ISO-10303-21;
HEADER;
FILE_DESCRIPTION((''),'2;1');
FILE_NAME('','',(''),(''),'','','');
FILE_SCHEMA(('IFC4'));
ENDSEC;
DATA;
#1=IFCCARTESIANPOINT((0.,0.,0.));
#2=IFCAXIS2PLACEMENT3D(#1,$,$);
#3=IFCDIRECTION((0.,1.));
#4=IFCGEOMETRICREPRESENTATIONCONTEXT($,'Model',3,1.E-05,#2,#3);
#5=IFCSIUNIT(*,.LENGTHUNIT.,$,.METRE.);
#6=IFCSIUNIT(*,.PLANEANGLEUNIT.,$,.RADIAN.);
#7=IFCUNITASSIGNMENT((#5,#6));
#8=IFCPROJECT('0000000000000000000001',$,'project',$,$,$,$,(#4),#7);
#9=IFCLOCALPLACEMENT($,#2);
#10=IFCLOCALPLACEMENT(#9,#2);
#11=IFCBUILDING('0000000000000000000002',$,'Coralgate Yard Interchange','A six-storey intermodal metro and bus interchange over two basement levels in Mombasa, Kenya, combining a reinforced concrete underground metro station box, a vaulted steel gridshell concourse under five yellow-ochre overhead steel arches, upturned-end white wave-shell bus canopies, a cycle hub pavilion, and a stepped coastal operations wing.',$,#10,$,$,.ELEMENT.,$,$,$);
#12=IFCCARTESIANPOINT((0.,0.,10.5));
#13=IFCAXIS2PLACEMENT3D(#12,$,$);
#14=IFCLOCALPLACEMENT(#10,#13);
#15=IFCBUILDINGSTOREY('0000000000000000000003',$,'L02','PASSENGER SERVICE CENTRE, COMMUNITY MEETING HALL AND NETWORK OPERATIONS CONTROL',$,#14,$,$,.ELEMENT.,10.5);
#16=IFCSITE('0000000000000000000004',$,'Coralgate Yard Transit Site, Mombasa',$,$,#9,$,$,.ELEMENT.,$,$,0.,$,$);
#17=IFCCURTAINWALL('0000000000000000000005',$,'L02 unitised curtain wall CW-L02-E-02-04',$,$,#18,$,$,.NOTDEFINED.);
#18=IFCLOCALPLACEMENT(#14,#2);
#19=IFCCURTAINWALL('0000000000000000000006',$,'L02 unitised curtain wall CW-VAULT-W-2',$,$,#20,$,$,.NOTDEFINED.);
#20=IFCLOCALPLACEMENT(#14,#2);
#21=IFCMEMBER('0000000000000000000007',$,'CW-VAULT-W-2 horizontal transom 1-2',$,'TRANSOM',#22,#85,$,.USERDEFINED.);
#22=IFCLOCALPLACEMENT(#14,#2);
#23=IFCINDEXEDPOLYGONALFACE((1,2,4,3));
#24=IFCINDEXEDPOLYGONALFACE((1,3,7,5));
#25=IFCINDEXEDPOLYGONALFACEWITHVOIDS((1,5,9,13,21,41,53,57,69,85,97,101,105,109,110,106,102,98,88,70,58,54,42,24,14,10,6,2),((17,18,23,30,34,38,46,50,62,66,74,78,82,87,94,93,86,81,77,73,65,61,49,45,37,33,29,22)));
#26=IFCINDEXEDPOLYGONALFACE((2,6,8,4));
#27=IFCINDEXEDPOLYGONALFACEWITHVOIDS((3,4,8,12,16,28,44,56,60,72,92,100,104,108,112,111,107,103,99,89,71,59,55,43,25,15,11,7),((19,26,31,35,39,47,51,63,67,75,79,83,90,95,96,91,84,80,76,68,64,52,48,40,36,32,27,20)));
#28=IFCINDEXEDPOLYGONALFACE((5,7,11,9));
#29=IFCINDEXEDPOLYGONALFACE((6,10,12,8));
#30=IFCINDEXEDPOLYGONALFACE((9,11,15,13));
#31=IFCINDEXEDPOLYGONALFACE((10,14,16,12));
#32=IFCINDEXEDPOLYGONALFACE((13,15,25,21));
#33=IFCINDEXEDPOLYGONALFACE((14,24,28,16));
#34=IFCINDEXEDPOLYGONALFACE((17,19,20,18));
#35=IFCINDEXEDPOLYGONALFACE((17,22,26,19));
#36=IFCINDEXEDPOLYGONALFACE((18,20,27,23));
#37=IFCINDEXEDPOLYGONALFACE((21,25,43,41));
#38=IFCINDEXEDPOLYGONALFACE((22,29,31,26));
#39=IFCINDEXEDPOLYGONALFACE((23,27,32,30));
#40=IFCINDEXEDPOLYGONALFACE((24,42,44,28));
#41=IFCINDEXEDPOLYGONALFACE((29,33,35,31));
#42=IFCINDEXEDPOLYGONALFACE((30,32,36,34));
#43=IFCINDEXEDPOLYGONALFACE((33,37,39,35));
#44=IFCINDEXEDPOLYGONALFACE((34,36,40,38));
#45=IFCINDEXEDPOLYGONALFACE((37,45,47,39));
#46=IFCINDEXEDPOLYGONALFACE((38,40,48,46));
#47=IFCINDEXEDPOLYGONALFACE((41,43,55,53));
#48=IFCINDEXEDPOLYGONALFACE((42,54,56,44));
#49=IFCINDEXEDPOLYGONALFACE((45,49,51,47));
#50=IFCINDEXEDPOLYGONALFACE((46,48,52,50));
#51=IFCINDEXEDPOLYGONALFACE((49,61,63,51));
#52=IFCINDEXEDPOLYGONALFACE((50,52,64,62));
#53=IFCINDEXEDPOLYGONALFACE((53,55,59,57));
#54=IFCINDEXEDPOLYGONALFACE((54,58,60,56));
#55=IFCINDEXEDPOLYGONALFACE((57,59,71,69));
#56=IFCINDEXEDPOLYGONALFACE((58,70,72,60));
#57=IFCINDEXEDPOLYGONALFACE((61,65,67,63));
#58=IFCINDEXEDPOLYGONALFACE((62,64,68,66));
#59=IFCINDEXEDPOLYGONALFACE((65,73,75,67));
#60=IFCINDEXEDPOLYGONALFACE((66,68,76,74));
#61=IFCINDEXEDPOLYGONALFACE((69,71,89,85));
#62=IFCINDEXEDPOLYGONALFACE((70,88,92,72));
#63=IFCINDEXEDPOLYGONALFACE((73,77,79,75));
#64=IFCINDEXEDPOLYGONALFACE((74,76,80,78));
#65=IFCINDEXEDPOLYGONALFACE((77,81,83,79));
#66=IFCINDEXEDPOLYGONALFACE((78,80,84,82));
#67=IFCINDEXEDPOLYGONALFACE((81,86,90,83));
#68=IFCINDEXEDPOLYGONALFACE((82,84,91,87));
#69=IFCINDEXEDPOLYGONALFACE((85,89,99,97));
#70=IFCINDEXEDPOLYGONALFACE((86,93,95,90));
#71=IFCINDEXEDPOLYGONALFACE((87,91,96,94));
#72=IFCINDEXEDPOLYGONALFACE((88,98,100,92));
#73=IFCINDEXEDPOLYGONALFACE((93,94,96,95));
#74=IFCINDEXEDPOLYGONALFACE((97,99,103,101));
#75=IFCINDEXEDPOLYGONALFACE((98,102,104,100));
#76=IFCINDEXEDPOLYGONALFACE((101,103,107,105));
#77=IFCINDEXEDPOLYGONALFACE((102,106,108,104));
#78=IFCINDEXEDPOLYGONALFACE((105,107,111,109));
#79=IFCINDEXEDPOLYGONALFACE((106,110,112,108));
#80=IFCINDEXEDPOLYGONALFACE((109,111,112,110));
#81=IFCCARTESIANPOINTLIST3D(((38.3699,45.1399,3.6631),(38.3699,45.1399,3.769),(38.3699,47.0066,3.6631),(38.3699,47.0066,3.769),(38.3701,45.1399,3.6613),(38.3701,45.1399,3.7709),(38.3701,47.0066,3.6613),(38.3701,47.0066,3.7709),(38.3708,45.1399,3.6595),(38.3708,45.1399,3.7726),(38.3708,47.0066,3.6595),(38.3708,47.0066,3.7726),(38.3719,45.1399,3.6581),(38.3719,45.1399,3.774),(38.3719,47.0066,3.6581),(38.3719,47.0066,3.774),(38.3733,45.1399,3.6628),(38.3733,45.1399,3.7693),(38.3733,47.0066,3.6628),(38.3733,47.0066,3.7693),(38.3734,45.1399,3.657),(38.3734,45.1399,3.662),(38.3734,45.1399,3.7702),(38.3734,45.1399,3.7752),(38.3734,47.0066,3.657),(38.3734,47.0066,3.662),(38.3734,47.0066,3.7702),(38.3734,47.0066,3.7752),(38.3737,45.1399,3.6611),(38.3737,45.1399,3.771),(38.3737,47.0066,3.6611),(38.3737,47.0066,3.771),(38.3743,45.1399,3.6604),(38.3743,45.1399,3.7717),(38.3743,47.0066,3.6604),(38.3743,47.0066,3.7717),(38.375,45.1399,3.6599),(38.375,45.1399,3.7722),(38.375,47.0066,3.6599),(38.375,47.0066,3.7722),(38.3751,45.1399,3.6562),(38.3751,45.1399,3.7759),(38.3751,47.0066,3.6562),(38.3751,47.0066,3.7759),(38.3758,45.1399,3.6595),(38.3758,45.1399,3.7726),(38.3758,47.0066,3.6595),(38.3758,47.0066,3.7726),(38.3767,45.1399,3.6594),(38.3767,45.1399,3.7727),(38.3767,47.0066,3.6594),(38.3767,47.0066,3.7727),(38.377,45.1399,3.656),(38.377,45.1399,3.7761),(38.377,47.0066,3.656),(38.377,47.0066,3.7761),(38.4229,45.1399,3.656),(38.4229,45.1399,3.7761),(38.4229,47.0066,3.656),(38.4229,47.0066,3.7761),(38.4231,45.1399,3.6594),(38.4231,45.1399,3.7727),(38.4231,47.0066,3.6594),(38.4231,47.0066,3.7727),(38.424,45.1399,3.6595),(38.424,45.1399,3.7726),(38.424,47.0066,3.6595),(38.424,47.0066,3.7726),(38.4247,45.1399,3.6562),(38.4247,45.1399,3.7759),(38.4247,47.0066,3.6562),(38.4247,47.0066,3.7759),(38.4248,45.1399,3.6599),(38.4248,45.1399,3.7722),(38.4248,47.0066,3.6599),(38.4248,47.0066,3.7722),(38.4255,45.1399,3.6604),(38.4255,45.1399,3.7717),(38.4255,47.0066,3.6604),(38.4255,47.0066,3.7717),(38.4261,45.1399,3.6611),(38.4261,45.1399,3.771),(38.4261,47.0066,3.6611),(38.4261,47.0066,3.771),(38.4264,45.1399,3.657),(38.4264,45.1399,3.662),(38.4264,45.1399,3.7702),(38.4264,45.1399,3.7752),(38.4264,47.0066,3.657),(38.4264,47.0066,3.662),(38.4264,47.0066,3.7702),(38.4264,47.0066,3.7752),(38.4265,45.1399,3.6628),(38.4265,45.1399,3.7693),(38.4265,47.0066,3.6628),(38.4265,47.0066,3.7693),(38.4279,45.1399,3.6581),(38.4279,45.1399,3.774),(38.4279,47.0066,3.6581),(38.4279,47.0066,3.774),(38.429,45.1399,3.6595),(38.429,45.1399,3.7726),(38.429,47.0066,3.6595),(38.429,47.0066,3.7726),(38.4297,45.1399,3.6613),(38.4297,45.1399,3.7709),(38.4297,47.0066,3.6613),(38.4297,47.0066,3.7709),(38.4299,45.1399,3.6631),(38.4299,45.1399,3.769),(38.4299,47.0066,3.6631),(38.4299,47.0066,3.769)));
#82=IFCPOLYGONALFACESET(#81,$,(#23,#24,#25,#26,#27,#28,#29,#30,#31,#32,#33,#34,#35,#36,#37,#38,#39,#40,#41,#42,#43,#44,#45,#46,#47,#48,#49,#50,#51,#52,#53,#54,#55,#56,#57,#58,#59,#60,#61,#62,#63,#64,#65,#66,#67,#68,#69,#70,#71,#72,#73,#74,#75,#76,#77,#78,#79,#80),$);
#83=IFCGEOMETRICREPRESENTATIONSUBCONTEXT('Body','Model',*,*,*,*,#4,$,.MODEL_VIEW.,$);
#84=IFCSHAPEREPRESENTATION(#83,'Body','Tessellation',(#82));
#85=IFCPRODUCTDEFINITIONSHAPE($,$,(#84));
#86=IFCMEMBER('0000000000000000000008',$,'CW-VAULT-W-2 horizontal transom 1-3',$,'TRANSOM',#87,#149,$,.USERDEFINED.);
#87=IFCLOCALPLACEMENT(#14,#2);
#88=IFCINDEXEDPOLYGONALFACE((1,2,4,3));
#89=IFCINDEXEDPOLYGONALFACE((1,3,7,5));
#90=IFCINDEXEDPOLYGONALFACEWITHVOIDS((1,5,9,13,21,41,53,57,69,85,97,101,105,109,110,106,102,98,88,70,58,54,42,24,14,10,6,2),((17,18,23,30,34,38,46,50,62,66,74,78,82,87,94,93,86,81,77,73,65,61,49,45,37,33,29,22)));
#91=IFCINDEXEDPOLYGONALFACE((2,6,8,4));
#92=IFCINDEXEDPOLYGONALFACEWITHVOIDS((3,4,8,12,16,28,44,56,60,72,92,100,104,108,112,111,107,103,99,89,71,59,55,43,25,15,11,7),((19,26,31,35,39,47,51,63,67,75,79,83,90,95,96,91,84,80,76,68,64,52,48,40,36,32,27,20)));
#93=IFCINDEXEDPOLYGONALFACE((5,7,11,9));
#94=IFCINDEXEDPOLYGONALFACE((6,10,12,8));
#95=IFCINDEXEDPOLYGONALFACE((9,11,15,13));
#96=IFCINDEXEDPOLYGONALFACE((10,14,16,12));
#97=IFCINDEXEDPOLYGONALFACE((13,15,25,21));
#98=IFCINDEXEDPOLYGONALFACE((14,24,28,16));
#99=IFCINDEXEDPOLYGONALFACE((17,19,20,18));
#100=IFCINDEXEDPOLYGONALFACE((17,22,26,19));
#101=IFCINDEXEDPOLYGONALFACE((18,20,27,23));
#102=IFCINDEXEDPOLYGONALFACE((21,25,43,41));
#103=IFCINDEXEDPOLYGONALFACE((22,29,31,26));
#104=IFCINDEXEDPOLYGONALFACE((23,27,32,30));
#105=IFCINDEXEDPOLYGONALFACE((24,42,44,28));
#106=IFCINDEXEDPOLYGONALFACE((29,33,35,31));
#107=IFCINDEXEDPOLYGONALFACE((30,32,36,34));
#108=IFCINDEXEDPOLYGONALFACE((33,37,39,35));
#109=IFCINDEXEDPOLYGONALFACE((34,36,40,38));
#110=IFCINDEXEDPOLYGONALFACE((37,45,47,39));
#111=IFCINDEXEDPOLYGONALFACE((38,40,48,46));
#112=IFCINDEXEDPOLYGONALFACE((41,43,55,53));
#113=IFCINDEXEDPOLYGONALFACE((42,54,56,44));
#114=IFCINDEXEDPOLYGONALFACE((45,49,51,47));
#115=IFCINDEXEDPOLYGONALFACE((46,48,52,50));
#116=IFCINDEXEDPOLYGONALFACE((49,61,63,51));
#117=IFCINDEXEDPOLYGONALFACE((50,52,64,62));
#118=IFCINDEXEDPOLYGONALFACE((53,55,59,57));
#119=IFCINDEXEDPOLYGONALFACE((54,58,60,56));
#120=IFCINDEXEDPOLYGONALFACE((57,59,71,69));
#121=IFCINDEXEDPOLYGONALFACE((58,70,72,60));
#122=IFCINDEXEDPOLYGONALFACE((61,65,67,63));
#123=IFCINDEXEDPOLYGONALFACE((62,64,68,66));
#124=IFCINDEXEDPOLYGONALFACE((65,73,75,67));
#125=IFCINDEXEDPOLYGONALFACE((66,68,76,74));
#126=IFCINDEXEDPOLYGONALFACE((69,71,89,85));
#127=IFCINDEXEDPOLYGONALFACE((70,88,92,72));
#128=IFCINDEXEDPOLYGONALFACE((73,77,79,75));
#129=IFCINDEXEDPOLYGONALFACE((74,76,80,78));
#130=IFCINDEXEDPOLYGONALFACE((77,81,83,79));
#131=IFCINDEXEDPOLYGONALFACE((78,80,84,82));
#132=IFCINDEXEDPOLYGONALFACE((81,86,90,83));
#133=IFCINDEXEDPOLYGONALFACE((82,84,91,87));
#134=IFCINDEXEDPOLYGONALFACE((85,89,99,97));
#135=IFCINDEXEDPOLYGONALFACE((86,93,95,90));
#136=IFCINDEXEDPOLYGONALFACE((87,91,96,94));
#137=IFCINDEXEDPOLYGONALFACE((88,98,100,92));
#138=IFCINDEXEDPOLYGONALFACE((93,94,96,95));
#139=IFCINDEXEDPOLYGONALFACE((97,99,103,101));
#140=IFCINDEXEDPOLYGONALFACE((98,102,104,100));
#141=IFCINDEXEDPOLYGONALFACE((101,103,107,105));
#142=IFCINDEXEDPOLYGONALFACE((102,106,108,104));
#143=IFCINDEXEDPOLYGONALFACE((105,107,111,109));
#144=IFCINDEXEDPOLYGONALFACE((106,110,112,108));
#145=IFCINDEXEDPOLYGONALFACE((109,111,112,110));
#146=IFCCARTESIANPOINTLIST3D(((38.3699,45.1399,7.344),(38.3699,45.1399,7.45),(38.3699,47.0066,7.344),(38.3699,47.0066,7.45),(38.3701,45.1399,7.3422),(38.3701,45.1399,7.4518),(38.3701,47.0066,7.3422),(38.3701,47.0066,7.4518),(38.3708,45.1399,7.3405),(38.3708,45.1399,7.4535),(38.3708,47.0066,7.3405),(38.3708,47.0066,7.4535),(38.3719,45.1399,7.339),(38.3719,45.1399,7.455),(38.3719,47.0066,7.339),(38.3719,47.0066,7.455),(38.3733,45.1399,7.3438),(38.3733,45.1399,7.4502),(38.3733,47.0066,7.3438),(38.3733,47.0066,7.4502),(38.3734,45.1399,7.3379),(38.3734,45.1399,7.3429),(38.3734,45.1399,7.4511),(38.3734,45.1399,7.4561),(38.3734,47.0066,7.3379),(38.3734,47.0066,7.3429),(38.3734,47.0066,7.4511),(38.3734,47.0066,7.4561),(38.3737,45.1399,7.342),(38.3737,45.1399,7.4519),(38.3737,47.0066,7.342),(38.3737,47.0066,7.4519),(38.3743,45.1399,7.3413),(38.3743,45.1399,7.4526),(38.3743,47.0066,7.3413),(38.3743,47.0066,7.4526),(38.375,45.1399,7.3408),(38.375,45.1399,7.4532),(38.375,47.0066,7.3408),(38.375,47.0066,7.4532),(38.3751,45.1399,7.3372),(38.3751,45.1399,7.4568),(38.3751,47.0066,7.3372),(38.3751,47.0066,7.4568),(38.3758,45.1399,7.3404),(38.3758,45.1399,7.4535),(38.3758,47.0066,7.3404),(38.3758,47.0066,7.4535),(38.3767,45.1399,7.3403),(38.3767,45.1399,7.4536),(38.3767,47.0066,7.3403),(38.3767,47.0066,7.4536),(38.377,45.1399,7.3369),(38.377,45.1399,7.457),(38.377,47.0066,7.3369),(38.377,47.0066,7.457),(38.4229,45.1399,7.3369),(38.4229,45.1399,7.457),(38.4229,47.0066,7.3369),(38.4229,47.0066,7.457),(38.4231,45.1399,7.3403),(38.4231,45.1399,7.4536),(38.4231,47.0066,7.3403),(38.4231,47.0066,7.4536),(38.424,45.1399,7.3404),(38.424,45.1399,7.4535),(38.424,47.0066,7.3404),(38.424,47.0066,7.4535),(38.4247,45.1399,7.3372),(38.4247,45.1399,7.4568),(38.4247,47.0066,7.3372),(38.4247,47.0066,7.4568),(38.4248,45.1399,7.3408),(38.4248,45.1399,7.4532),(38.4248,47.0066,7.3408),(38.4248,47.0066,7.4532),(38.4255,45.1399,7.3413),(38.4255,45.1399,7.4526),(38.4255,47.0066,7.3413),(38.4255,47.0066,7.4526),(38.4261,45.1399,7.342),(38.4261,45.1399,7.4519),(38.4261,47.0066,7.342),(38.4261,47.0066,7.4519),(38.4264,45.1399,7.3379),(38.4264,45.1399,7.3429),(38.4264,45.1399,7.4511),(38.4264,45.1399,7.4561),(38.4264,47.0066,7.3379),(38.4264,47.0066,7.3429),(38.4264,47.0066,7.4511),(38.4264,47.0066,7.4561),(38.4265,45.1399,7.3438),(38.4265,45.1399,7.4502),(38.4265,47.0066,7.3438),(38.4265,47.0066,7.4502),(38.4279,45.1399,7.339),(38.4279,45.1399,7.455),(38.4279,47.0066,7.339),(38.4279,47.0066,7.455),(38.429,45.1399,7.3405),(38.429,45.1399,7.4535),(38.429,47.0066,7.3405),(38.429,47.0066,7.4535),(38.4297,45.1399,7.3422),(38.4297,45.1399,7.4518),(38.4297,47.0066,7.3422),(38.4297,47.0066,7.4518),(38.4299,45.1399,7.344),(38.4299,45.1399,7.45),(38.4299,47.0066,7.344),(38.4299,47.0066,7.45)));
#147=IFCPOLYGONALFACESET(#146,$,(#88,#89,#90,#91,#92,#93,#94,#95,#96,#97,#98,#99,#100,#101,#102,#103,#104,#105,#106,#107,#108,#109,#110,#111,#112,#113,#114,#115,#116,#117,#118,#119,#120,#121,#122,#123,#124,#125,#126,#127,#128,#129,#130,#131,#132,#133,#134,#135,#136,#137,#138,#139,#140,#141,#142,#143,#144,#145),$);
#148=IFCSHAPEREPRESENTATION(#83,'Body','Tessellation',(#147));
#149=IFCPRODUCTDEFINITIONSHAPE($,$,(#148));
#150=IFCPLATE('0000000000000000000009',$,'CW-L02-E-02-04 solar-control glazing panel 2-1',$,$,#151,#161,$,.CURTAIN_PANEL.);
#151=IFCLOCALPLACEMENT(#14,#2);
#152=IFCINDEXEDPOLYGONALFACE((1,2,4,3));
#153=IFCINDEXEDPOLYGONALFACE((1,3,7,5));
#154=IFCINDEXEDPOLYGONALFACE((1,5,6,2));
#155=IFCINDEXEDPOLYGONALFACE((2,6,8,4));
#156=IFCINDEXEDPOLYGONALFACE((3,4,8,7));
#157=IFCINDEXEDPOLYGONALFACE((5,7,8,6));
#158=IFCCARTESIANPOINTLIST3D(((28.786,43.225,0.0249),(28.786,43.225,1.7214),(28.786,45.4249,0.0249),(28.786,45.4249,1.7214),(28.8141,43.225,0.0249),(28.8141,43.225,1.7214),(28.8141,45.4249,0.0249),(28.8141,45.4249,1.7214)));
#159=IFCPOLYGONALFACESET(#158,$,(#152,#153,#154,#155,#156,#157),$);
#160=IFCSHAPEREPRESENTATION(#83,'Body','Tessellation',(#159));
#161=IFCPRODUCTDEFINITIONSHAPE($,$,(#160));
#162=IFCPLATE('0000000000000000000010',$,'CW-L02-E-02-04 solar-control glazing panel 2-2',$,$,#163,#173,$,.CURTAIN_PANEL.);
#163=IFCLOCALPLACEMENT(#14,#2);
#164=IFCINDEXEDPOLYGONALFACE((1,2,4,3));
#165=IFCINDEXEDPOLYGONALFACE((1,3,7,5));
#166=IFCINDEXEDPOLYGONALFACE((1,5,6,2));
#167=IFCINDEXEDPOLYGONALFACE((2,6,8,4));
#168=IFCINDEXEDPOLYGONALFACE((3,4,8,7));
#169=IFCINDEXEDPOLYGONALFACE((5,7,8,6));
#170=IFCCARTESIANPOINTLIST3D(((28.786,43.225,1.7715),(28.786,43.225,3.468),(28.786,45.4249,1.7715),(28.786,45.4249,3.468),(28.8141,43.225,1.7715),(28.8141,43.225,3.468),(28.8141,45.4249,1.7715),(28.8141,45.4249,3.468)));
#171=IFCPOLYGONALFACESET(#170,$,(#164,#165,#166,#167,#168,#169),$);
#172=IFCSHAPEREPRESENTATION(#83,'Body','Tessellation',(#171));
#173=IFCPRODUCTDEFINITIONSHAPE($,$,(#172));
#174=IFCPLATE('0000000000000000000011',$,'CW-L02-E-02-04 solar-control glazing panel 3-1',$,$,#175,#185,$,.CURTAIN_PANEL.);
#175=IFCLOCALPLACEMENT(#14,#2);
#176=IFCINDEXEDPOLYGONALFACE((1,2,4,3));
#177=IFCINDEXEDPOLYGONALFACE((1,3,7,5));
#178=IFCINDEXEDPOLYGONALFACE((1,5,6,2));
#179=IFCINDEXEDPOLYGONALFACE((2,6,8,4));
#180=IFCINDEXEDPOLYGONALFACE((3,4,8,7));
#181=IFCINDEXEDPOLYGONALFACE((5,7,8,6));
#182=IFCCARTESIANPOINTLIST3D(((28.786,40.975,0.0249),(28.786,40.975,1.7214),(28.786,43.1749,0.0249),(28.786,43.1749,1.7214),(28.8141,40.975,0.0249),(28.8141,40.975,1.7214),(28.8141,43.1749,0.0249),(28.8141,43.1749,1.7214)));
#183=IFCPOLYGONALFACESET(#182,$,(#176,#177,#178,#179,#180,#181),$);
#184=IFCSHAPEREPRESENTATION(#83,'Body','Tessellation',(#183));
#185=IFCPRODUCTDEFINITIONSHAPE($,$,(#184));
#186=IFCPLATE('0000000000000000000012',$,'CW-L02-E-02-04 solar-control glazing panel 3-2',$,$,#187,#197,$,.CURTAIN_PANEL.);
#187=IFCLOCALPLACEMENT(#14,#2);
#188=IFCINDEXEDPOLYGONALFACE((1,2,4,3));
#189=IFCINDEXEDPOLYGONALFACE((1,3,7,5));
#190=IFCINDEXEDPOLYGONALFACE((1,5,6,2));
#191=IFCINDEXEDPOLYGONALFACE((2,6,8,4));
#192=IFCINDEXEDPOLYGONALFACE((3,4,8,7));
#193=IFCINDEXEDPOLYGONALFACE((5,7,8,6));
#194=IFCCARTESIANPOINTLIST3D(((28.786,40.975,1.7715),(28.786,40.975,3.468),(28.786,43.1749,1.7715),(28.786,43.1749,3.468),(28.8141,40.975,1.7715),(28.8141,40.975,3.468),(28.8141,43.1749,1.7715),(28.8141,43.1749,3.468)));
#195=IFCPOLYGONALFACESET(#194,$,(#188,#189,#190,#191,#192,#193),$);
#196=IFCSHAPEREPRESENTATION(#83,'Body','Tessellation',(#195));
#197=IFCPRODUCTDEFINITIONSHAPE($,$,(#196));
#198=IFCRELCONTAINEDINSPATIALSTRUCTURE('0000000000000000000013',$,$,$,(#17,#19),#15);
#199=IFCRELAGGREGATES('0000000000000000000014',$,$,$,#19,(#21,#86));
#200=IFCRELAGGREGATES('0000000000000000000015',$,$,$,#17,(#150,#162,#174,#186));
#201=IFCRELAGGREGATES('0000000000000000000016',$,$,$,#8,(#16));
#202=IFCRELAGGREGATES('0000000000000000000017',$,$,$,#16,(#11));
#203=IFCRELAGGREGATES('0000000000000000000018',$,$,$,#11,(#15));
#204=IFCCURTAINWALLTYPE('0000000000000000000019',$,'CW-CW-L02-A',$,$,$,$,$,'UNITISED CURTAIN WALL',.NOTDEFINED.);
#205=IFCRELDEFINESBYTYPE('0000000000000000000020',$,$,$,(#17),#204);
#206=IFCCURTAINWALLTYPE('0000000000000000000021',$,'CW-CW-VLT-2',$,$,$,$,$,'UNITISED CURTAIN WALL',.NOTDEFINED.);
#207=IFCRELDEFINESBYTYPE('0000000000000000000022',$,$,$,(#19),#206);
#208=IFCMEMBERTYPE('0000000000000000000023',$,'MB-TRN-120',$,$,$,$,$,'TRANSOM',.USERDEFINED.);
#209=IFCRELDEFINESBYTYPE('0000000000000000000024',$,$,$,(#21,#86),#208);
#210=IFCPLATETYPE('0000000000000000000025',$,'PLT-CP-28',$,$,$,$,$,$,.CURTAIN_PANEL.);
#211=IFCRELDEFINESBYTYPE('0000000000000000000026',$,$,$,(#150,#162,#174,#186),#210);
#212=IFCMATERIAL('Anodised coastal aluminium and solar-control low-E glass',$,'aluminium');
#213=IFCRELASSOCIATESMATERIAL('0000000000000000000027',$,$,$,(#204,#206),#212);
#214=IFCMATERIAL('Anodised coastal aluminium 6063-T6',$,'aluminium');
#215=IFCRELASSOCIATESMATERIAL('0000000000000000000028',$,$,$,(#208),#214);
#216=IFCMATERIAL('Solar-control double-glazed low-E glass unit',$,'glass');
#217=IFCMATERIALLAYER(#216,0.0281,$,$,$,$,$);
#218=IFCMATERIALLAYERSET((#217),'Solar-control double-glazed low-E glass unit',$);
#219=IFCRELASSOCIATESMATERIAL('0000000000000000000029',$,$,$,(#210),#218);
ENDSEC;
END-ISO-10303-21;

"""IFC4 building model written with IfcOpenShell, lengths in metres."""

from ifc_helpers import new_model, si_unit, direction, frame, origin, origin_2d, place, context, subcontext, project, spatial, rectangle, hollow_rectangle, extrude, material, layer, layer_set, material_profile, profile_set, type_object, element, aggregate, save


model = new_model("IFC4")

# Units and contexts
model_context = context("Model", 3, precision=1e-05, world=origin(), true_north=direction((0.0, 1.0)))
body_context = subcontext(model_context, "Body", "Model", "MODEL_VIEW")
ifc_project = project(units=[si_unit("LENGTHUNIT", "METRE"), si_unit("PLANEANGLEUNIT", "RADIAN")], contexts=[model_context])

# Site, building, storey
site_placement = place(None, origin())
site = spatial("IfcSite", under=ifc_project, at=site_placement, Name="Coralgate Yard Transit Site, Mombasa", CompositionType="ELEMENT", RefElevation=0.0)
building_placement = place(site_placement, origin())
building = spatial("IfcBuilding", under=site, at=building_placement, Name="Coralgate Yard Interchange", Description="A six-storey intermodal metro and bus interchange over two basement levels in Mombasa, Kenya, combining a reinforced concrete underground metro station box, a vaulted steel gridshell concourse under five yellow-ochre overhead steel arches, upturned-end white wave-shell bus canopies, a cycle hub pavilion, and a stepped coastal operations wing.", CompositionType="ELEMENT")
storey_placement = place(building_placement, frame((0.0, 0.0, 10.5)))
storey = spatial("IfcBuildingStorey", under=building, at=storey_placement, Name="L02", Description="PASSENGER SERVICE CENTRE, COMMUNITY MEETING HALL AND NETWORK OPERATIONS CONTROL", CompositionType="ELEMENT", Elevation=10.5)

# Curtain wall
ifc_material_1 = material(Name="Anodised coastal aluminium and solar-control low-E glass", Category="aluminium")
curtain_wall_type_1 = type_object("IfcCurtainWallType", Name="CW-CW-L02-A", ElementType="UNITISED CURTAIN WALL", PredefinedType="NOTDEFINED", material=ifc_material_1)
curtain_wall_1_placement = place(storey_placement, origin())
curtain_wall_1 = element("IfcCurtainWall", 1, at=curtain_wall_1_placement, inside=storey, type_object=curtain_wall_type_1, Name="L02 unitised curtain wall CW-L02-E-02-04", PredefinedType="NOTDEFINED")
ifc_material_2 = material(Name="Anodised coastal aluminium 6063-T6", Category="aluminium")

# Curtain wall
curtain_wall_type_2 = type_object("IfcCurtainWallType", Name="CW-CW-VLT-2", ElementType="UNITISED CURTAIN WALL", PredefinedType="NOTDEFINED", material=ifc_material_1)
curtain_wall_2_placement = place(storey_placement, origin())
curtain_wall_2 = element("IfcCurtainWall", 2, at=curtain_wall_2_placement, inside=storey, type_object=curtain_wall_type_2, Name="L02 unitised curtain wall CW-VAULT-W-2", PredefinedType="NOTDEFINED")

# Members
ifc_material_profile_1 = material_profile(ifc_material_2, hollow_rectangle(XDim=0.0601, YDim=0.1201, WallThickness=0.0034, InnerFilletRadius=0.0034, OuterFilletRadius=0.0071, at=origin_2d()), Name="ALU 60x120x3.5")
ifc_profile_set_1 = profile_set([ifc_material_profile_1], Name="Anodised coastal aluminium 6063-T6")
member_type_1 = type_object("IfcMemberType", Name="MB-TRN-120", ElementType="TRANSOM", PredefinedType="USERDEFINED", material=ifc_profile_set_1)
member_1_placement = place(storey_placement, frame((38.3999, 45.1399, 3.7161), z_axis=(0.0, 1.0, 0.0), x_axis=(-1.0, 0.0, 0.0)))
member_1 = element("IfcMember", 3, at=member_1_placement, type_object=member_type_1, Name="CW-VAULT-W-2 horizontal transom 1-2", ObjectType="TRANSOM", PredefinedType="USERDEFINED", context=body_context, shape_type="SweptSolid", body=[
    extrude(hollow_rectangle(XDim=0.0601, YDim=0.1201, WallThickness=0.0034, InnerFilletRadius=0.0034, OuterFilletRadius=0.0071, at=origin_2d()), origin(), (0.0, 0.0, 1.0), 1.8667),
])
member_2_placement = place(storey_placement, frame((38.3999, 45.1399, 7.397), z_axis=(0.0, 1.0, 0.0), x_axis=(-1.0, 0.0, 0.0)))
member_2 = element("IfcMember", 4, at=member_2_placement, type_object=member_type_1, Name="CW-VAULT-W-2 horizontal transom 1-3", ObjectType="TRANSOM", PredefinedType="USERDEFINED", context=body_context, shape_type="SweptSolid", body=[
    extrude(hollow_rectangle(XDim=0.0601, YDim=0.1201, WallThickness=0.0034, InnerFilletRadius=0.0034, OuterFilletRadius=0.0071, at=origin_2d()), origin(), (0.0, 0.0, 1.0), 1.8667),
])
aggregate(curtain_wall_2, [member_1, member_2])

# Plates
ifc_material_3 = material(Name="Solar-control double-glazed low-E glass unit", Category="glass")
ifc_layer_1 = layer(ifc_material_3, 0.0281)
ifc_layer_set_1 = layer_set([ifc_layer_1], Name="Solar-control double-glazed low-E glass unit")
plate_type = type_object("IfcPlateType", Name="PLT-CP-28", PredefinedType="CURTAIN_PANEL", material=ifc_layer_set_1)
plate_1_placement = place(storey_placement, frame((28.8, 44.325, 0.0249), z_axis=(0.0, 0.0, 1.0), x_axis=(0.0, -1.0, 0.0)))
plate_1 = element("IfcPlate", 5, at=plate_1_placement, type_object=plate_type, Name="CW-L02-E-02-04 solar-control glazing panel 2-1", PredefinedType="CURTAIN_PANEL", context=body_context, shape_type="SweptSolid", body=[
    extrude(rectangle(XDim=2.2, YDim=0.0281, at=origin_2d()), origin(), (0.0, 0.0, 1.0), 1.6965),
])
plate_2_placement = place(storey_placement, frame((28.8, 44.325, 1.7715), z_axis=(0.0, 0.0, 1.0), x_axis=(0.0, -1.0, 0.0)))
plate_2 = element("IfcPlate", 6, at=plate_2_placement, type_object=plate_type, Name="CW-L02-E-02-04 solar-control glazing panel 2-2", PredefinedType="CURTAIN_PANEL", context=body_context, shape_type="SweptSolid", body=[
    extrude(rectangle(XDim=2.2, YDim=0.0281, at=origin_2d()), origin(), (0.0, 0.0, 1.0), 1.6965),
])
plate_3_placement = place(storey_placement, frame((28.8, 42.075, 0.0249), z_axis=(0.0, 0.0, 1.0), x_axis=(0.0, -1.0, 0.0)))
plate_3 = element("IfcPlate", 7, at=plate_3_placement, type_object=plate_type, Name="CW-L02-E-02-04 solar-control glazing panel 3-1", PredefinedType="CURTAIN_PANEL", context=body_context, shape_type="SweptSolid", body=[
    extrude(rectangle(XDim=2.2, YDim=0.0281, at=origin_2d()), origin(), (0.0, 0.0, 1.0), 1.6965),
])
plate_4_placement = place(storey_placement, frame((28.8, 42.075, 1.7715), z_axis=(0.0, 0.0, 1.0), x_axis=(0.0, -1.0, 0.0)))
plate_4 = element("IfcPlate", 8, at=plate_4_placement, type_object=plate_type, Name="CW-L02-E-02-04 solar-control glazing panel 3-2", PredefinedType="CURTAIN_PANEL", context=body_context, shape_type="SweptSolid", body=[
    extrude(rectangle(XDim=2.2, YDim=0.0281, at=origin_2d()), origin(), (0.0, 0.0, 1.0), 1.6965),
])
aggregate(curtain_wall_1, [plate_1, plate_2, plate_3, plate_4])

save(model, "model.ifc")
